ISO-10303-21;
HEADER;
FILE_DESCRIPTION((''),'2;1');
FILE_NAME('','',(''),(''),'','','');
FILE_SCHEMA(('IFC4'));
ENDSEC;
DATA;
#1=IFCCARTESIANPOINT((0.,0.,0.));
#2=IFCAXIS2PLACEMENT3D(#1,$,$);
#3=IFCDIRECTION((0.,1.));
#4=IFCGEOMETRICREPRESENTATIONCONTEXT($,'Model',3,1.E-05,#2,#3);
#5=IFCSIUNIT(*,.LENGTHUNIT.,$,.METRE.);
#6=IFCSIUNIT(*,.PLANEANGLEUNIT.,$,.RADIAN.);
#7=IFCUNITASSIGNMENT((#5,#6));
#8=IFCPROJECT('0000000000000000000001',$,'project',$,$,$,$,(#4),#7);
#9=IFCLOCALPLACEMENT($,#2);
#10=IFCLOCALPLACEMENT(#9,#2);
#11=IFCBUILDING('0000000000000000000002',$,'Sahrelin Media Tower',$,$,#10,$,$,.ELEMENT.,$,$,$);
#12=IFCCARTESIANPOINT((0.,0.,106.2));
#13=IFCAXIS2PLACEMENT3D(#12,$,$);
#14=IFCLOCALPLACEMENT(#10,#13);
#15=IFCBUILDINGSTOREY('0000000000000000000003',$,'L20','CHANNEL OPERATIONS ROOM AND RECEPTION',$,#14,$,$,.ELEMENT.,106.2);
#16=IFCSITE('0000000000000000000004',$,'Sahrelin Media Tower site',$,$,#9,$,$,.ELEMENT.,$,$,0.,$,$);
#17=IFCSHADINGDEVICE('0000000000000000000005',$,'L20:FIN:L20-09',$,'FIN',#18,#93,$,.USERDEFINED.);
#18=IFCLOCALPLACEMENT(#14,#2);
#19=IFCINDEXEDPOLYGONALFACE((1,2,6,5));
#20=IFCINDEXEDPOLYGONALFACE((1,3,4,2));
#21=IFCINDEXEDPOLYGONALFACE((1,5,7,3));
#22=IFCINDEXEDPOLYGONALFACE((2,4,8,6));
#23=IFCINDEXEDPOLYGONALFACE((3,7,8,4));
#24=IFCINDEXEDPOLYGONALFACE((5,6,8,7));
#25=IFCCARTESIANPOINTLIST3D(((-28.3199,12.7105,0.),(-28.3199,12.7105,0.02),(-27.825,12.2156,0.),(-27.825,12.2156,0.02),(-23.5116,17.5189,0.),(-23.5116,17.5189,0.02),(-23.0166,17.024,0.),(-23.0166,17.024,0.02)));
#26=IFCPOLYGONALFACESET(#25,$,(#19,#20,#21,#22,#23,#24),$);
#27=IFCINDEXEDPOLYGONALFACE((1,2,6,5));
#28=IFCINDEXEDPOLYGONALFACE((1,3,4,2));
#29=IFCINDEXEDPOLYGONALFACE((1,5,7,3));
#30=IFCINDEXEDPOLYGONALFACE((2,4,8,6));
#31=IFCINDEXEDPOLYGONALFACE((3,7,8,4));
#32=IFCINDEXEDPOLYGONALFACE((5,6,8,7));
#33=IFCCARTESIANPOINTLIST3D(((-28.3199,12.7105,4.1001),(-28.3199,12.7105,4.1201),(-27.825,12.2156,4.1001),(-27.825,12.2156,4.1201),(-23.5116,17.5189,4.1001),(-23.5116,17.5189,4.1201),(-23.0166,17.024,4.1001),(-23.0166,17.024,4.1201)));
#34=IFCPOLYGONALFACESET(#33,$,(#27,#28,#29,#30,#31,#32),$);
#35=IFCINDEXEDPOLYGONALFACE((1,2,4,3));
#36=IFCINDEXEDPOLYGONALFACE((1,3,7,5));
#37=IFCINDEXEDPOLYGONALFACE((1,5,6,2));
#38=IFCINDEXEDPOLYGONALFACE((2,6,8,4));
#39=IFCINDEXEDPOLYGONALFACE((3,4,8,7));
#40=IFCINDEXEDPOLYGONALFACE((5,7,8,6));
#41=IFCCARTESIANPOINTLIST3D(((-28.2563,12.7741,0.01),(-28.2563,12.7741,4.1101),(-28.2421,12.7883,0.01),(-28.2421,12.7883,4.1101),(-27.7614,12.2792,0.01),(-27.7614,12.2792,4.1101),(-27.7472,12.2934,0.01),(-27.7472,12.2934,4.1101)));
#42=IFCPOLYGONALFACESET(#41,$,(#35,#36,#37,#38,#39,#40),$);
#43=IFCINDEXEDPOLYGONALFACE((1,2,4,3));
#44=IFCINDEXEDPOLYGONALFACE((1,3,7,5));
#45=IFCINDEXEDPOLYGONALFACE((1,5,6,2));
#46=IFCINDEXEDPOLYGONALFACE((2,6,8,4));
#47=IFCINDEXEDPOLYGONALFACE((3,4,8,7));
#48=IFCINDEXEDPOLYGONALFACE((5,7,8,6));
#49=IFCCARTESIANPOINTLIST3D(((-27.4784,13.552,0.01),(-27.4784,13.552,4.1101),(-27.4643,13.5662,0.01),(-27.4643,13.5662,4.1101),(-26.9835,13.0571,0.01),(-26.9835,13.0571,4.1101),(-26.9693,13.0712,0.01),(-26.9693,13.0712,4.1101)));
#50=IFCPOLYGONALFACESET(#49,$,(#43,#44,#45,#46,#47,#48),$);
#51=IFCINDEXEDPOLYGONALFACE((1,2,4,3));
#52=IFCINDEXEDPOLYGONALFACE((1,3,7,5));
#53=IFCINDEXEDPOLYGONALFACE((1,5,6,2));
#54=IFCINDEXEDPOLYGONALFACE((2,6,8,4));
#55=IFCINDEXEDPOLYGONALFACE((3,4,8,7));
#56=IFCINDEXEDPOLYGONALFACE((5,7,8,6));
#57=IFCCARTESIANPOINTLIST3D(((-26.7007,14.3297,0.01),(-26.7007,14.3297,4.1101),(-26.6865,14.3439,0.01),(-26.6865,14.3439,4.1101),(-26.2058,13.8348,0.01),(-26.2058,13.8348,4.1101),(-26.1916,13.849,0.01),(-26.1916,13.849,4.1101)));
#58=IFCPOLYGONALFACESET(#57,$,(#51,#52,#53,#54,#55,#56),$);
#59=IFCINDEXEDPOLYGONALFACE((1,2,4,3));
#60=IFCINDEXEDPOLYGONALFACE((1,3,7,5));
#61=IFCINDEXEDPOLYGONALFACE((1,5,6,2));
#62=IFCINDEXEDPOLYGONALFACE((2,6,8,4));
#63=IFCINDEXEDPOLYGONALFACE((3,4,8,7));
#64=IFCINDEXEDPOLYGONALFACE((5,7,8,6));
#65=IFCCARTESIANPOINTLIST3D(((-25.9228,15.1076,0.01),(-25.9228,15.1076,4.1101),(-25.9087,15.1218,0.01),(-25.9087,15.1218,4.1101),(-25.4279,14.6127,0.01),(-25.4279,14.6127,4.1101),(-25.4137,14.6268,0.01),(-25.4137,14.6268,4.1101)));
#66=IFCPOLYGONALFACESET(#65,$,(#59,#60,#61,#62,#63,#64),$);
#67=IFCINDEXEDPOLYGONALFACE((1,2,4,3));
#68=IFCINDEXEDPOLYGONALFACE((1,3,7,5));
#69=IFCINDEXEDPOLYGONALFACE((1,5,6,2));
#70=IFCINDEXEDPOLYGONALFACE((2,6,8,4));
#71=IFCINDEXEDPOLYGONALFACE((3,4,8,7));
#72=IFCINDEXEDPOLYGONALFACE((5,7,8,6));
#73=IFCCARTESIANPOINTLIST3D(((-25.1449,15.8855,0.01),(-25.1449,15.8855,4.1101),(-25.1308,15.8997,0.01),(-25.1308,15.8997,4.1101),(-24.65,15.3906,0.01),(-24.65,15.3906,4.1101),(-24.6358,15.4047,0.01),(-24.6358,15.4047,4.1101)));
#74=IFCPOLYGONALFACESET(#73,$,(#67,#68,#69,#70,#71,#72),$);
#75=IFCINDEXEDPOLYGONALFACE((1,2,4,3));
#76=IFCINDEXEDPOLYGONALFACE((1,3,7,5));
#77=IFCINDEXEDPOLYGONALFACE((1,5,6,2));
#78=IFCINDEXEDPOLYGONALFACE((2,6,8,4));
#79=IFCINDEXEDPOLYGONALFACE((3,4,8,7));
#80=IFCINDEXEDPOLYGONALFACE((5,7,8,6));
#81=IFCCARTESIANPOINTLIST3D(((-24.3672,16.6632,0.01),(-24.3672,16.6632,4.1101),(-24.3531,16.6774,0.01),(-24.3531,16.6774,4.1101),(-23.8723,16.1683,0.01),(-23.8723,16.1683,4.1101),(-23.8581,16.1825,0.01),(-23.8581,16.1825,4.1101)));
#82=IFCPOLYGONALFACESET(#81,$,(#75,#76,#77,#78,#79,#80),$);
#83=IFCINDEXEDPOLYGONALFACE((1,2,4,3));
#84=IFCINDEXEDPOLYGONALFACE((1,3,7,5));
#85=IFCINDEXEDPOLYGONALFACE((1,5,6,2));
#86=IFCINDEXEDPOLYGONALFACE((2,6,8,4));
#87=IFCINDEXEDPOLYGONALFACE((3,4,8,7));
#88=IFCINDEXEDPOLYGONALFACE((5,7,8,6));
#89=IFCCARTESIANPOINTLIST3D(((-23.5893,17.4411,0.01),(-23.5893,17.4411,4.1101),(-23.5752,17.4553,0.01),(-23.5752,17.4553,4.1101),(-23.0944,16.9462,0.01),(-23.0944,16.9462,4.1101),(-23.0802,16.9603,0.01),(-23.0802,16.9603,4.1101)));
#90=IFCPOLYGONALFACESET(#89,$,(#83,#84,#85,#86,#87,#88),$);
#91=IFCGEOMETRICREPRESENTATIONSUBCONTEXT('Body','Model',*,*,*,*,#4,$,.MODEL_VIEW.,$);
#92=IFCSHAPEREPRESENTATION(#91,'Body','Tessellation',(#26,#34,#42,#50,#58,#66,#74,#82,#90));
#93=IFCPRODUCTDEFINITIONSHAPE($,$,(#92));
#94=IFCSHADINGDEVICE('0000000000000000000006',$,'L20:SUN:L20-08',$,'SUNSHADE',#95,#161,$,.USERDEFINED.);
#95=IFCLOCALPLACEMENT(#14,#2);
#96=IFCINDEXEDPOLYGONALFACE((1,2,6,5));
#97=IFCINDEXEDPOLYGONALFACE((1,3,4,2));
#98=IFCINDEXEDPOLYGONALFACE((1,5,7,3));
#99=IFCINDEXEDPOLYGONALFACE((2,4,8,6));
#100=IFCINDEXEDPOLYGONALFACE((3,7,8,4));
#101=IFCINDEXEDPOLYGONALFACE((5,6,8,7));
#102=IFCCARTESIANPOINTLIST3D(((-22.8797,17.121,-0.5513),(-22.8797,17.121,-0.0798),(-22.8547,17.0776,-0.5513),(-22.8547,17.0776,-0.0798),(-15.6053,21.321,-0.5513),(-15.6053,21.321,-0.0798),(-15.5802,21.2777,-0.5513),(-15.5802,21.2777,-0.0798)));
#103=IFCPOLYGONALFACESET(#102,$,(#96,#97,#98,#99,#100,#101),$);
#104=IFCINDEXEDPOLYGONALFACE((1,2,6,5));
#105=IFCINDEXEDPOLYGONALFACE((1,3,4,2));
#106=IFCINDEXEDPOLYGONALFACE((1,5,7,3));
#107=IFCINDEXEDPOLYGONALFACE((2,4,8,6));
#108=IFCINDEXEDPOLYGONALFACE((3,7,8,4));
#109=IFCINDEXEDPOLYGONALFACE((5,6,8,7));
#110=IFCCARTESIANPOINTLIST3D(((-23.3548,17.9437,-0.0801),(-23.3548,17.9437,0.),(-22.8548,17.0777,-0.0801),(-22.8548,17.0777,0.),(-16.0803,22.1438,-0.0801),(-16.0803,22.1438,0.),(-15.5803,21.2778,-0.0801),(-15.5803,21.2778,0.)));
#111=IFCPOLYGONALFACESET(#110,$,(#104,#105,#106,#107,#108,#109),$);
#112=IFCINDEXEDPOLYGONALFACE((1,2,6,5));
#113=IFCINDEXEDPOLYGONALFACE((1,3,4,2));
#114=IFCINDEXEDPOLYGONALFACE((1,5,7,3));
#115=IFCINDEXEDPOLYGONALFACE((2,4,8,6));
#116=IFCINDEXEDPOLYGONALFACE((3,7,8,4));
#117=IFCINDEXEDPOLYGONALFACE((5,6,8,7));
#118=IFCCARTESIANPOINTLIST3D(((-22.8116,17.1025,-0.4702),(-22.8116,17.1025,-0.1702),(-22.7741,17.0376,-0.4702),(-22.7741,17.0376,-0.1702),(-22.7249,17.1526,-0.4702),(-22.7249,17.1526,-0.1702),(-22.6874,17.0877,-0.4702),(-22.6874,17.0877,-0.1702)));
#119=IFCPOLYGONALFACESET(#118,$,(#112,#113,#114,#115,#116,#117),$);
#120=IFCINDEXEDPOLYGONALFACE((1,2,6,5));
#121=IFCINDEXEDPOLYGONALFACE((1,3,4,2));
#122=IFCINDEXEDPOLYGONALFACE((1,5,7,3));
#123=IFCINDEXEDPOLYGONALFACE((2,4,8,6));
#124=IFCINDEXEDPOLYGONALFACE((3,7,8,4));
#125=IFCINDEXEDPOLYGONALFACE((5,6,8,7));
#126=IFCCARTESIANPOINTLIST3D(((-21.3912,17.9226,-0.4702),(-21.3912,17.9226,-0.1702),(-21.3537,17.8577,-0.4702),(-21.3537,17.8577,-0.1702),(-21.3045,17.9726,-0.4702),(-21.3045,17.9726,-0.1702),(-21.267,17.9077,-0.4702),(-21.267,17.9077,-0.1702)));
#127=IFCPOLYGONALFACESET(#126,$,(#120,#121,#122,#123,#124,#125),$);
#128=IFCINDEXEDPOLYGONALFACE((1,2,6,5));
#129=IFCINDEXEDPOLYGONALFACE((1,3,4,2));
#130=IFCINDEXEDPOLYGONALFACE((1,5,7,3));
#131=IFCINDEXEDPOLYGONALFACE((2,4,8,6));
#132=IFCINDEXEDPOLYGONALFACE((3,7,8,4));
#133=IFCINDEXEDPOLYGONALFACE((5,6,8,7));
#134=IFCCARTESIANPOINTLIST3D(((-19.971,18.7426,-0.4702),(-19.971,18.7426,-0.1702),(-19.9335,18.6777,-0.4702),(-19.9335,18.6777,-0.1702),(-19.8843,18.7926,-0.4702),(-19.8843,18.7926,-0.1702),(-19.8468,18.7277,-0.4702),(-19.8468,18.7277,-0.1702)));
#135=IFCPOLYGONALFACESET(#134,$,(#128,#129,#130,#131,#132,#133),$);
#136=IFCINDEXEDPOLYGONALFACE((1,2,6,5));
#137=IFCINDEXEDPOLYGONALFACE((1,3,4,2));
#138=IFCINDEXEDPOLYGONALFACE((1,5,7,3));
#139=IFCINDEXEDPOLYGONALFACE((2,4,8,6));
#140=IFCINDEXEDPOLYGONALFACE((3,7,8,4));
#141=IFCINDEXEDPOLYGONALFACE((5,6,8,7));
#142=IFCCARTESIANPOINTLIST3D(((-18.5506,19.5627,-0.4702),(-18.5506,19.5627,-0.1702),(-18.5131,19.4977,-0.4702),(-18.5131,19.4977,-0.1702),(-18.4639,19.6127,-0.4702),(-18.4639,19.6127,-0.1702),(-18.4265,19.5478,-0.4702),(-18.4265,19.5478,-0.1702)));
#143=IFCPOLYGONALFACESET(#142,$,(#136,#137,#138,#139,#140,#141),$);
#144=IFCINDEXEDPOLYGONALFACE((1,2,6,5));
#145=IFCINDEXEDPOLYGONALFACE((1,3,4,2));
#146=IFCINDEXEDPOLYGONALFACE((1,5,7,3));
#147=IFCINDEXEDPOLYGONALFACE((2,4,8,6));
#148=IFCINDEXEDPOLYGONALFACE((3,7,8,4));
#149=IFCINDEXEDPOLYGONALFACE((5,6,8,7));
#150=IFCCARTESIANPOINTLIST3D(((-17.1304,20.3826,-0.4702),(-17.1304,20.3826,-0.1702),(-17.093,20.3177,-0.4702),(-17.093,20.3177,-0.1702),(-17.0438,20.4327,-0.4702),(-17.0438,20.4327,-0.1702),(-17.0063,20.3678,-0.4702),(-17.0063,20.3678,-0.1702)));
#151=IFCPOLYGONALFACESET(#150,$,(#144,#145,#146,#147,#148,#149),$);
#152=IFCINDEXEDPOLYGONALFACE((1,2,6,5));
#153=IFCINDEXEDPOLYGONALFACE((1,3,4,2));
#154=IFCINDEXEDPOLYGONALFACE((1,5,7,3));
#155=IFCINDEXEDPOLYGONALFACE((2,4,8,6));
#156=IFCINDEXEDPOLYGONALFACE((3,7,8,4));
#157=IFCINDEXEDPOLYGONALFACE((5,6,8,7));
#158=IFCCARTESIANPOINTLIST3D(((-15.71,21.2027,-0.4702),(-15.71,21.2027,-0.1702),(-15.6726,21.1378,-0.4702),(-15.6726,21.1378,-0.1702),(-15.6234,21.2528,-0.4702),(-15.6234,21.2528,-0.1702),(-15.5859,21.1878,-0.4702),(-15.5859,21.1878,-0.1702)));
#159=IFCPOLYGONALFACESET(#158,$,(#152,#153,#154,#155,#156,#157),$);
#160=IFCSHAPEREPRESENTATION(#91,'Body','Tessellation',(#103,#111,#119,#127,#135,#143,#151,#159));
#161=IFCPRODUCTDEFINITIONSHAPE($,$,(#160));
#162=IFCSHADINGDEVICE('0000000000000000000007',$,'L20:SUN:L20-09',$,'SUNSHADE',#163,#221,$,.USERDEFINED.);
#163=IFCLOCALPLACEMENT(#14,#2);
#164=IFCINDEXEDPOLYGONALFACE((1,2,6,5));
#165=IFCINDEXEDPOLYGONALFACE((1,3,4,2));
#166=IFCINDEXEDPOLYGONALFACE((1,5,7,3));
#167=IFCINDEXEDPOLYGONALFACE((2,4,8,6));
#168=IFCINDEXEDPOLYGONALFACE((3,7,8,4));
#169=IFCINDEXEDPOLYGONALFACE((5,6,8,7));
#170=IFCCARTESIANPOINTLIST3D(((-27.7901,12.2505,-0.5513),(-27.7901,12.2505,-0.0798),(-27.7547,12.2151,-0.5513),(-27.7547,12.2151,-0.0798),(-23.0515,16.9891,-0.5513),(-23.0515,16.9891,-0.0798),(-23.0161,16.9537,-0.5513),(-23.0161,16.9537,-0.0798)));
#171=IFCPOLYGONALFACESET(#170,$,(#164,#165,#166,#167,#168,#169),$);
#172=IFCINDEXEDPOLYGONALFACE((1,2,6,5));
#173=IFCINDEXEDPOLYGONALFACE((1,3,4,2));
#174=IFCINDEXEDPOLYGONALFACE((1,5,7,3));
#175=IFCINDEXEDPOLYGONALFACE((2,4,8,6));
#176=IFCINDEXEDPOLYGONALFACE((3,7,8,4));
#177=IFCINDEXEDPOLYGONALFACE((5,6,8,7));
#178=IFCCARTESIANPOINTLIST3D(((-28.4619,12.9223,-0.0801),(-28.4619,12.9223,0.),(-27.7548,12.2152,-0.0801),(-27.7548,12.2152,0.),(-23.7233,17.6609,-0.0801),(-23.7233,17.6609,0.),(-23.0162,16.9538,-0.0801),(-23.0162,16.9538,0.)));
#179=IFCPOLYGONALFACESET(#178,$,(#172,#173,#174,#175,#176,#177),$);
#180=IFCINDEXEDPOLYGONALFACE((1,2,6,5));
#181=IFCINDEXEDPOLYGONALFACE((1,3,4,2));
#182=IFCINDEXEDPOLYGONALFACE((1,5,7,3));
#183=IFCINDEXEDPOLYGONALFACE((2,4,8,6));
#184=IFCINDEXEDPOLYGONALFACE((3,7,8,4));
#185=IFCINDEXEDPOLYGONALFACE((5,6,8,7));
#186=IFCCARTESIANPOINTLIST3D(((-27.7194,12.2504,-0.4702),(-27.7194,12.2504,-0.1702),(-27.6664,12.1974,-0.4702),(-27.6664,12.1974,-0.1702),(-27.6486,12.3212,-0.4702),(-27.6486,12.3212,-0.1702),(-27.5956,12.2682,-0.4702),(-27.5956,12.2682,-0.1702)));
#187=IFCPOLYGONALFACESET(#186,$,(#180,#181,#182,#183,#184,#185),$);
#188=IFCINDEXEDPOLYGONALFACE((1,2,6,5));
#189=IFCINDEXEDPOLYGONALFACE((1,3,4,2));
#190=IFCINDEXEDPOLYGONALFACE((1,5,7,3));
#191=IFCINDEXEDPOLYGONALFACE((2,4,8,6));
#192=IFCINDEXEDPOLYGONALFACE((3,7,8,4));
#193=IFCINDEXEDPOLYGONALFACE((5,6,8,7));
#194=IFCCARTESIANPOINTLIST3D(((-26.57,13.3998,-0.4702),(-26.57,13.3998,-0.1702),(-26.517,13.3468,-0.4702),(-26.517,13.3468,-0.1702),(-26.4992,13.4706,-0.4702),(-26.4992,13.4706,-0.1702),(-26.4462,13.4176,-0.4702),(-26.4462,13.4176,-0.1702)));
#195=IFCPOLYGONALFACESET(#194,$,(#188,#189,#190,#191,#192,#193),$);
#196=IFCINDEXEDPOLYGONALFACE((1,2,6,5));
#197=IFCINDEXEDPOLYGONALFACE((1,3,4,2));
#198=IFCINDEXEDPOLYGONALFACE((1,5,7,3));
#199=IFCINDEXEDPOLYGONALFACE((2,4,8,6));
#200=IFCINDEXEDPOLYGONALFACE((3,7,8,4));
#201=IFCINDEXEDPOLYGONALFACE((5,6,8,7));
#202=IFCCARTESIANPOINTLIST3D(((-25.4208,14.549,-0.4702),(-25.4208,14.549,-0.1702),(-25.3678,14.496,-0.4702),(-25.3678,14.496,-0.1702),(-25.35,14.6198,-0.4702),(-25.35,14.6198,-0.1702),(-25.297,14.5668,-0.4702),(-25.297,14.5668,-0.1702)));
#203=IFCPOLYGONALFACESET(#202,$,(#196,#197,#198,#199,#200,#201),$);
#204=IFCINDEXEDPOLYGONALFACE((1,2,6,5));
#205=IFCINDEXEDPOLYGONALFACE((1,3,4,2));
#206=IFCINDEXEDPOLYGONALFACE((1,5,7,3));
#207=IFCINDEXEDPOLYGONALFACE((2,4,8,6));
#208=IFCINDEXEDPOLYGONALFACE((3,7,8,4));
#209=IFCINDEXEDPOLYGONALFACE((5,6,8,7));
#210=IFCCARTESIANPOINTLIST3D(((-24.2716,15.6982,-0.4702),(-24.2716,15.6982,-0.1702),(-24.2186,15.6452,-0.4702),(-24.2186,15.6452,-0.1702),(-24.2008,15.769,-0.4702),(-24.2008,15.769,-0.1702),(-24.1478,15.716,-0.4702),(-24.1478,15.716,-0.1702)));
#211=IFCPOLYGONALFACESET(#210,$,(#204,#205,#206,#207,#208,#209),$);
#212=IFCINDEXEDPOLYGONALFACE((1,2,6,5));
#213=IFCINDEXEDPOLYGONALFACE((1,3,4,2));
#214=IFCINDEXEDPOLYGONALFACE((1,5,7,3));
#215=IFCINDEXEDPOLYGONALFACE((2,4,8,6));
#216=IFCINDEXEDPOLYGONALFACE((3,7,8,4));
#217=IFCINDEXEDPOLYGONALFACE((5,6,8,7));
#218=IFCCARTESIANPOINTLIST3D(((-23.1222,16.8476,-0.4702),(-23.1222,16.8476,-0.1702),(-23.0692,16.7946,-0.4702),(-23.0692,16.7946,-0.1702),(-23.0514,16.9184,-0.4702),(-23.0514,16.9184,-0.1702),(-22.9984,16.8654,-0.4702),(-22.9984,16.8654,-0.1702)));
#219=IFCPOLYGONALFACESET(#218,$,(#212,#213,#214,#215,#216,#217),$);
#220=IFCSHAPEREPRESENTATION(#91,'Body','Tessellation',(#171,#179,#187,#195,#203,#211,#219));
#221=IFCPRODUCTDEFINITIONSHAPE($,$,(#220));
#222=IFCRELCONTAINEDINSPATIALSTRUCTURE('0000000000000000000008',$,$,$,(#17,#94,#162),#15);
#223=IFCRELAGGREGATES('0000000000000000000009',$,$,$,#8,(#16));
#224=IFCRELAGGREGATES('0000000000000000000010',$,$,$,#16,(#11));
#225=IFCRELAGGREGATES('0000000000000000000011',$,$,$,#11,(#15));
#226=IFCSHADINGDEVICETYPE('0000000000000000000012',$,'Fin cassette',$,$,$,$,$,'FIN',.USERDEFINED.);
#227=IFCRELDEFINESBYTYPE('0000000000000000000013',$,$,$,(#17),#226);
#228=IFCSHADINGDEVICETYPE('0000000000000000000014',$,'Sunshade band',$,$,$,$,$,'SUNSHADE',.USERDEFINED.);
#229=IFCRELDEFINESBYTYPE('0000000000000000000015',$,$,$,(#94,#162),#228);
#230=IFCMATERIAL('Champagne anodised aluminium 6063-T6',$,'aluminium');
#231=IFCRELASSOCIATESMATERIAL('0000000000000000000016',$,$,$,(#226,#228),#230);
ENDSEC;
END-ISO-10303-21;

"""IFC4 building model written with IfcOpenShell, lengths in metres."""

from ifc_helpers import new_model, si_unit, direction, frame, origin, origin_2d, place, context, subcontext, project, spatial, rectangle, extrude, material, type_object, element, save


model = new_model("IFC4")

# Units and contexts
model_context = context("Model", 3, precision=1e-05, world=origin(), true_north=direction((0.0, 1.0)))
body_context = subcontext(model_context, "Body", "Model", "MODEL_VIEW")
ifc_project = project(units=[si_unit("LENGTHUNIT", "METRE"), si_unit("PLANEANGLEUNIT", "RADIAN")], contexts=[model_context])

# Site, building, storey
site_placement = place(None, origin())
site = spatial("IfcSite", under=ifc_project, at=site_placement, Name="Sahrelin Media Tower site", CompositionType="ELEMENT", RefElevation=0.0)
building_placement = place(site_placement, origin())
building = spatial("IfcBuilding", under=site, at=building_placement, Name="Sahrelin Media Tower", CompositionType="ELEMENT")
storey_placement = place(building_placement, frame((0.0, 0.0, 106.2)))
storey = spatial("IfcBuildingStorey", under=building, at=storey_placement, Name="L20", Description="CHANNEL OPERATIONS ROOM AND RECEPTION", CompositionType="ELEMENT", Elevation=106.2)

# Shared definitions
ifc_material_1 = material(Name="Champagne anodised aluminium 6063-T6", Category="aluminium")

# Shading devices
shading_device_type_1 = type_object("IfcShadingDeviceType", Name="Fin cassette", ElementType="FIN", PredefinedType="USERDEFINED", material=ifc_material_1)
placement_1 = place(storey_placement, frame((-19.2075, 19.1604, 0.0), z_axis=(0.0, 0.0, 1.0), x_axis=(0.866019, 0.500011, 0.0)))
placement_2 = place(storey_placement, frame((-25.3713, 14.5703, 0.0), z_axis=(0.0, 0.0, 1.0), x_axis=(0.707107, 0.707107, 0.0)))
element("IfcShadingDevice", 1, at=placement_2, inside=storey, type_object=shading_device_type_1, Name="L20:FIN:L20-09", ObjectType="FIN", PredefinedType="USERDEFINED", context=body_context, shape_type="SweptSolid", body=[
    extrude(rectangle(XDim=6.8, YDim=0.7, at=origin_2d()), frame((0.0, 0.4199, 0.0)), (0.0, 0.0, 1.0), 0.02),
    extrude(rectangle(XDim=6.8, YDim=0.7, at=origin_2d()), frame((0.0, 0.4199, 4.1001)), (0.0, 0.0, 1.0), 0.02),
    extrude(rectangle(XDim=0.02, YDim=0.7, at=origin_2d()), frame((-3.3, 0.4199, 0.01), z_axis=(0.0, 0.0, 1.0), x_axis=(1.0, 0.0, 0.0)), (0.0, 0.0, 1.0), 4.1001),
    extrude(rectangle(XDim=0.02, YDim=0.7, at=origin_2d()), frame((-2.2, 0.4199, 0.01), z_axis=(0.0, 0.0, 1.0), x_axis=(1.0, 0.0, 0.0)), (0.0, 0.0, 1.0), 4.1001),
    extrude(rectangle(XDim=0.02, YDim=0.7, at=origin_2d()), frame((-1.1001, 0.4199, 0.01), z_axis=(0.0, 0.0, 1.0), x_axis=(1.0, 0.0, 0.0)), (0.0, 0.0, 1.0), 4.1001),
    extrude(rectangle(XDim=0.02, YDim=0.7, at=origin_2d()), frame((0.0, 0.4199, 0.01), z_axis=(0.0, 0.0, 1.0), x_axis=(1.0, 0.0, 0.0)), (0.0, 0.0, 1.0), 4.1001),
    extrude(rectangle(XDim=0.02, YDim=0.7, at=origin_2d()), frame((1.1001, 0.4199, 0.01), z_axis=(0.0, 0.0, 1.0), x_axis=(1.0, 0.0, 0.0)), (0.0, 0.0, 1.0), 4.1001),
    extrude(rectangle(XDim=0.02, YDim=0.7, at=origin_2d()), frame((2.2, 0.4199, 0.01), z_axis=(0.0, 0.0, 1.0), x_axis=(1.0, 0.0, 0.0)), (0.0, 0.0, 1.0), 4.1001),
    extrude(rectangle(XDim=0.02, YDim=0.7, at=origin_2d()), frame((3.3, 0.4199, 0.01), z_axis=(0.0, 0.0, 1.0), x_axis=(1.0, 0.0, 0.0)), (0.0, 0.0, 1.0), 4.1001),
])
shading_device_type_2 = type_object("IfcShadingDeviceType", Name="Sunshade band", ElementType="SUNSHADE", PredefinedType="USERDEFINED", material=ifc_material_1)
element("IfcShadingDevice", 2, at=placement_1, inside=storey, type_object=shading_device_type_2, Name="L20:SUN:L20-08", ObjectType="SUNSHADE", PredefinedType="USERDEFINED", context=body_context, shape_type="SweptSolid", body=[
    extrude(rectangle(XDim=8.3999, YDim=0.05, at=origin_2d()), frame((0.0, 0.0449, -0.5513)), (0.0, 0.0, 1.0), 0.4714),
    extrude(rectangle(XDim=8.3999, YDim=1.0, at=origin_2d()), frame((0.0, 0.52, -0.0801)), (0.0, 0.0, 1.0), 0.0801),
    extrude(rectangle(XDim=0.1001, YDim=0.075, at=origin_2d()), frame((-4.1001, -0.0176, -0.4702)), (0.0, 0.0, 1.0), 0.3),
    extrude(rectangle(XDim=0.1001, YDim=0.075, at=origin_2d()), frame((-2.46, -0.0176, -0.4702)), (0.0, 0.0, 1.0), 0.3),
    extrude(rectangle(XDim=0.1001, YDim=0.075, at=origin_2d()), frame((-0.8201, -0.0176, -0.4702)), (0.0, 0.0, 1.0), 0.3),
    extrude(rectangle(XDim=0.1001, YDim=0.075, at=origin_2d()), frame((0.8201, -0.0176, -0.4702)), (0.0, 0.0, 1.0), 0.3),
    extrude(rectangle(XDim=0.1001, YDim=0.075, at=origin_2d()), frame((2.46, -0.0176, -0.4702)), (0.0, 0.0, 1.0), 0.3),
    extrude(rectangle(XDim=0.1001, YDim=0.075, at=origin_2d()), frame((4.1001, -0.0176, -0.4702)), (0.0, 0.0, 1.0), 0.3),
])
element("IfcShadingDevice", 3, at=placement_2, inside=storey, type_object=shading_device_type_2, Name="L20:SUN:L20-09", ObjectType="SUNSHADE", PredefinedType="USERDEFINED", context=body_context, shape_type="SweptSolid", body=[
    extrude(rectangle(XDim=6.7014, YDim=0.05, at=origin_2d()), frame((0.0, 0.0449, -0.5513)), (0.0, 0.0, 1.0), 0.4714),
    extrude(rectangle(XDim=6.7014, YDim=1.0, at=origin_2d()), frame((0.0, 0.52, -0.0801)), (0.0, 0.0, 1.0), 0.0801),
    extrude(rectangle(XDim=0.1001, YDim=0.075, at=origin_2d()), frame((-3.2507, -0.0176, -0.4702)), (0.0, 0.0, 1.0), 0.3),
    extrude(rectangle(XDim=0.1001, YDim=0.075, at=origin_2d()), frame((-1.6252, -0.0176, -0.4702)), (0.0, 0.0, 1.0), 0.3),
    extrude(rectangle(XDim=0.1001, YDim=0.075, at=origin_2d()), frame((0.0, -0.0176, -0.4702)), (0.0, 0.0, 1.0), 0.3),
    extrude(rectangle(XDim=0.1001, YDim=0.075, at=origin_2d()), frame((1.6252, -0.0176, -0.4702)), (0.0, 0.0, 1.0), 0.3),
    extrude(rectangle(XDim=0.1001, YDim=0.075, at=origin_2d()), frame((3.2507, -0.0176, -0.4702)), (0.0, 0.0, 1.0), 0.3),
])

save(model, "model.ifc")
